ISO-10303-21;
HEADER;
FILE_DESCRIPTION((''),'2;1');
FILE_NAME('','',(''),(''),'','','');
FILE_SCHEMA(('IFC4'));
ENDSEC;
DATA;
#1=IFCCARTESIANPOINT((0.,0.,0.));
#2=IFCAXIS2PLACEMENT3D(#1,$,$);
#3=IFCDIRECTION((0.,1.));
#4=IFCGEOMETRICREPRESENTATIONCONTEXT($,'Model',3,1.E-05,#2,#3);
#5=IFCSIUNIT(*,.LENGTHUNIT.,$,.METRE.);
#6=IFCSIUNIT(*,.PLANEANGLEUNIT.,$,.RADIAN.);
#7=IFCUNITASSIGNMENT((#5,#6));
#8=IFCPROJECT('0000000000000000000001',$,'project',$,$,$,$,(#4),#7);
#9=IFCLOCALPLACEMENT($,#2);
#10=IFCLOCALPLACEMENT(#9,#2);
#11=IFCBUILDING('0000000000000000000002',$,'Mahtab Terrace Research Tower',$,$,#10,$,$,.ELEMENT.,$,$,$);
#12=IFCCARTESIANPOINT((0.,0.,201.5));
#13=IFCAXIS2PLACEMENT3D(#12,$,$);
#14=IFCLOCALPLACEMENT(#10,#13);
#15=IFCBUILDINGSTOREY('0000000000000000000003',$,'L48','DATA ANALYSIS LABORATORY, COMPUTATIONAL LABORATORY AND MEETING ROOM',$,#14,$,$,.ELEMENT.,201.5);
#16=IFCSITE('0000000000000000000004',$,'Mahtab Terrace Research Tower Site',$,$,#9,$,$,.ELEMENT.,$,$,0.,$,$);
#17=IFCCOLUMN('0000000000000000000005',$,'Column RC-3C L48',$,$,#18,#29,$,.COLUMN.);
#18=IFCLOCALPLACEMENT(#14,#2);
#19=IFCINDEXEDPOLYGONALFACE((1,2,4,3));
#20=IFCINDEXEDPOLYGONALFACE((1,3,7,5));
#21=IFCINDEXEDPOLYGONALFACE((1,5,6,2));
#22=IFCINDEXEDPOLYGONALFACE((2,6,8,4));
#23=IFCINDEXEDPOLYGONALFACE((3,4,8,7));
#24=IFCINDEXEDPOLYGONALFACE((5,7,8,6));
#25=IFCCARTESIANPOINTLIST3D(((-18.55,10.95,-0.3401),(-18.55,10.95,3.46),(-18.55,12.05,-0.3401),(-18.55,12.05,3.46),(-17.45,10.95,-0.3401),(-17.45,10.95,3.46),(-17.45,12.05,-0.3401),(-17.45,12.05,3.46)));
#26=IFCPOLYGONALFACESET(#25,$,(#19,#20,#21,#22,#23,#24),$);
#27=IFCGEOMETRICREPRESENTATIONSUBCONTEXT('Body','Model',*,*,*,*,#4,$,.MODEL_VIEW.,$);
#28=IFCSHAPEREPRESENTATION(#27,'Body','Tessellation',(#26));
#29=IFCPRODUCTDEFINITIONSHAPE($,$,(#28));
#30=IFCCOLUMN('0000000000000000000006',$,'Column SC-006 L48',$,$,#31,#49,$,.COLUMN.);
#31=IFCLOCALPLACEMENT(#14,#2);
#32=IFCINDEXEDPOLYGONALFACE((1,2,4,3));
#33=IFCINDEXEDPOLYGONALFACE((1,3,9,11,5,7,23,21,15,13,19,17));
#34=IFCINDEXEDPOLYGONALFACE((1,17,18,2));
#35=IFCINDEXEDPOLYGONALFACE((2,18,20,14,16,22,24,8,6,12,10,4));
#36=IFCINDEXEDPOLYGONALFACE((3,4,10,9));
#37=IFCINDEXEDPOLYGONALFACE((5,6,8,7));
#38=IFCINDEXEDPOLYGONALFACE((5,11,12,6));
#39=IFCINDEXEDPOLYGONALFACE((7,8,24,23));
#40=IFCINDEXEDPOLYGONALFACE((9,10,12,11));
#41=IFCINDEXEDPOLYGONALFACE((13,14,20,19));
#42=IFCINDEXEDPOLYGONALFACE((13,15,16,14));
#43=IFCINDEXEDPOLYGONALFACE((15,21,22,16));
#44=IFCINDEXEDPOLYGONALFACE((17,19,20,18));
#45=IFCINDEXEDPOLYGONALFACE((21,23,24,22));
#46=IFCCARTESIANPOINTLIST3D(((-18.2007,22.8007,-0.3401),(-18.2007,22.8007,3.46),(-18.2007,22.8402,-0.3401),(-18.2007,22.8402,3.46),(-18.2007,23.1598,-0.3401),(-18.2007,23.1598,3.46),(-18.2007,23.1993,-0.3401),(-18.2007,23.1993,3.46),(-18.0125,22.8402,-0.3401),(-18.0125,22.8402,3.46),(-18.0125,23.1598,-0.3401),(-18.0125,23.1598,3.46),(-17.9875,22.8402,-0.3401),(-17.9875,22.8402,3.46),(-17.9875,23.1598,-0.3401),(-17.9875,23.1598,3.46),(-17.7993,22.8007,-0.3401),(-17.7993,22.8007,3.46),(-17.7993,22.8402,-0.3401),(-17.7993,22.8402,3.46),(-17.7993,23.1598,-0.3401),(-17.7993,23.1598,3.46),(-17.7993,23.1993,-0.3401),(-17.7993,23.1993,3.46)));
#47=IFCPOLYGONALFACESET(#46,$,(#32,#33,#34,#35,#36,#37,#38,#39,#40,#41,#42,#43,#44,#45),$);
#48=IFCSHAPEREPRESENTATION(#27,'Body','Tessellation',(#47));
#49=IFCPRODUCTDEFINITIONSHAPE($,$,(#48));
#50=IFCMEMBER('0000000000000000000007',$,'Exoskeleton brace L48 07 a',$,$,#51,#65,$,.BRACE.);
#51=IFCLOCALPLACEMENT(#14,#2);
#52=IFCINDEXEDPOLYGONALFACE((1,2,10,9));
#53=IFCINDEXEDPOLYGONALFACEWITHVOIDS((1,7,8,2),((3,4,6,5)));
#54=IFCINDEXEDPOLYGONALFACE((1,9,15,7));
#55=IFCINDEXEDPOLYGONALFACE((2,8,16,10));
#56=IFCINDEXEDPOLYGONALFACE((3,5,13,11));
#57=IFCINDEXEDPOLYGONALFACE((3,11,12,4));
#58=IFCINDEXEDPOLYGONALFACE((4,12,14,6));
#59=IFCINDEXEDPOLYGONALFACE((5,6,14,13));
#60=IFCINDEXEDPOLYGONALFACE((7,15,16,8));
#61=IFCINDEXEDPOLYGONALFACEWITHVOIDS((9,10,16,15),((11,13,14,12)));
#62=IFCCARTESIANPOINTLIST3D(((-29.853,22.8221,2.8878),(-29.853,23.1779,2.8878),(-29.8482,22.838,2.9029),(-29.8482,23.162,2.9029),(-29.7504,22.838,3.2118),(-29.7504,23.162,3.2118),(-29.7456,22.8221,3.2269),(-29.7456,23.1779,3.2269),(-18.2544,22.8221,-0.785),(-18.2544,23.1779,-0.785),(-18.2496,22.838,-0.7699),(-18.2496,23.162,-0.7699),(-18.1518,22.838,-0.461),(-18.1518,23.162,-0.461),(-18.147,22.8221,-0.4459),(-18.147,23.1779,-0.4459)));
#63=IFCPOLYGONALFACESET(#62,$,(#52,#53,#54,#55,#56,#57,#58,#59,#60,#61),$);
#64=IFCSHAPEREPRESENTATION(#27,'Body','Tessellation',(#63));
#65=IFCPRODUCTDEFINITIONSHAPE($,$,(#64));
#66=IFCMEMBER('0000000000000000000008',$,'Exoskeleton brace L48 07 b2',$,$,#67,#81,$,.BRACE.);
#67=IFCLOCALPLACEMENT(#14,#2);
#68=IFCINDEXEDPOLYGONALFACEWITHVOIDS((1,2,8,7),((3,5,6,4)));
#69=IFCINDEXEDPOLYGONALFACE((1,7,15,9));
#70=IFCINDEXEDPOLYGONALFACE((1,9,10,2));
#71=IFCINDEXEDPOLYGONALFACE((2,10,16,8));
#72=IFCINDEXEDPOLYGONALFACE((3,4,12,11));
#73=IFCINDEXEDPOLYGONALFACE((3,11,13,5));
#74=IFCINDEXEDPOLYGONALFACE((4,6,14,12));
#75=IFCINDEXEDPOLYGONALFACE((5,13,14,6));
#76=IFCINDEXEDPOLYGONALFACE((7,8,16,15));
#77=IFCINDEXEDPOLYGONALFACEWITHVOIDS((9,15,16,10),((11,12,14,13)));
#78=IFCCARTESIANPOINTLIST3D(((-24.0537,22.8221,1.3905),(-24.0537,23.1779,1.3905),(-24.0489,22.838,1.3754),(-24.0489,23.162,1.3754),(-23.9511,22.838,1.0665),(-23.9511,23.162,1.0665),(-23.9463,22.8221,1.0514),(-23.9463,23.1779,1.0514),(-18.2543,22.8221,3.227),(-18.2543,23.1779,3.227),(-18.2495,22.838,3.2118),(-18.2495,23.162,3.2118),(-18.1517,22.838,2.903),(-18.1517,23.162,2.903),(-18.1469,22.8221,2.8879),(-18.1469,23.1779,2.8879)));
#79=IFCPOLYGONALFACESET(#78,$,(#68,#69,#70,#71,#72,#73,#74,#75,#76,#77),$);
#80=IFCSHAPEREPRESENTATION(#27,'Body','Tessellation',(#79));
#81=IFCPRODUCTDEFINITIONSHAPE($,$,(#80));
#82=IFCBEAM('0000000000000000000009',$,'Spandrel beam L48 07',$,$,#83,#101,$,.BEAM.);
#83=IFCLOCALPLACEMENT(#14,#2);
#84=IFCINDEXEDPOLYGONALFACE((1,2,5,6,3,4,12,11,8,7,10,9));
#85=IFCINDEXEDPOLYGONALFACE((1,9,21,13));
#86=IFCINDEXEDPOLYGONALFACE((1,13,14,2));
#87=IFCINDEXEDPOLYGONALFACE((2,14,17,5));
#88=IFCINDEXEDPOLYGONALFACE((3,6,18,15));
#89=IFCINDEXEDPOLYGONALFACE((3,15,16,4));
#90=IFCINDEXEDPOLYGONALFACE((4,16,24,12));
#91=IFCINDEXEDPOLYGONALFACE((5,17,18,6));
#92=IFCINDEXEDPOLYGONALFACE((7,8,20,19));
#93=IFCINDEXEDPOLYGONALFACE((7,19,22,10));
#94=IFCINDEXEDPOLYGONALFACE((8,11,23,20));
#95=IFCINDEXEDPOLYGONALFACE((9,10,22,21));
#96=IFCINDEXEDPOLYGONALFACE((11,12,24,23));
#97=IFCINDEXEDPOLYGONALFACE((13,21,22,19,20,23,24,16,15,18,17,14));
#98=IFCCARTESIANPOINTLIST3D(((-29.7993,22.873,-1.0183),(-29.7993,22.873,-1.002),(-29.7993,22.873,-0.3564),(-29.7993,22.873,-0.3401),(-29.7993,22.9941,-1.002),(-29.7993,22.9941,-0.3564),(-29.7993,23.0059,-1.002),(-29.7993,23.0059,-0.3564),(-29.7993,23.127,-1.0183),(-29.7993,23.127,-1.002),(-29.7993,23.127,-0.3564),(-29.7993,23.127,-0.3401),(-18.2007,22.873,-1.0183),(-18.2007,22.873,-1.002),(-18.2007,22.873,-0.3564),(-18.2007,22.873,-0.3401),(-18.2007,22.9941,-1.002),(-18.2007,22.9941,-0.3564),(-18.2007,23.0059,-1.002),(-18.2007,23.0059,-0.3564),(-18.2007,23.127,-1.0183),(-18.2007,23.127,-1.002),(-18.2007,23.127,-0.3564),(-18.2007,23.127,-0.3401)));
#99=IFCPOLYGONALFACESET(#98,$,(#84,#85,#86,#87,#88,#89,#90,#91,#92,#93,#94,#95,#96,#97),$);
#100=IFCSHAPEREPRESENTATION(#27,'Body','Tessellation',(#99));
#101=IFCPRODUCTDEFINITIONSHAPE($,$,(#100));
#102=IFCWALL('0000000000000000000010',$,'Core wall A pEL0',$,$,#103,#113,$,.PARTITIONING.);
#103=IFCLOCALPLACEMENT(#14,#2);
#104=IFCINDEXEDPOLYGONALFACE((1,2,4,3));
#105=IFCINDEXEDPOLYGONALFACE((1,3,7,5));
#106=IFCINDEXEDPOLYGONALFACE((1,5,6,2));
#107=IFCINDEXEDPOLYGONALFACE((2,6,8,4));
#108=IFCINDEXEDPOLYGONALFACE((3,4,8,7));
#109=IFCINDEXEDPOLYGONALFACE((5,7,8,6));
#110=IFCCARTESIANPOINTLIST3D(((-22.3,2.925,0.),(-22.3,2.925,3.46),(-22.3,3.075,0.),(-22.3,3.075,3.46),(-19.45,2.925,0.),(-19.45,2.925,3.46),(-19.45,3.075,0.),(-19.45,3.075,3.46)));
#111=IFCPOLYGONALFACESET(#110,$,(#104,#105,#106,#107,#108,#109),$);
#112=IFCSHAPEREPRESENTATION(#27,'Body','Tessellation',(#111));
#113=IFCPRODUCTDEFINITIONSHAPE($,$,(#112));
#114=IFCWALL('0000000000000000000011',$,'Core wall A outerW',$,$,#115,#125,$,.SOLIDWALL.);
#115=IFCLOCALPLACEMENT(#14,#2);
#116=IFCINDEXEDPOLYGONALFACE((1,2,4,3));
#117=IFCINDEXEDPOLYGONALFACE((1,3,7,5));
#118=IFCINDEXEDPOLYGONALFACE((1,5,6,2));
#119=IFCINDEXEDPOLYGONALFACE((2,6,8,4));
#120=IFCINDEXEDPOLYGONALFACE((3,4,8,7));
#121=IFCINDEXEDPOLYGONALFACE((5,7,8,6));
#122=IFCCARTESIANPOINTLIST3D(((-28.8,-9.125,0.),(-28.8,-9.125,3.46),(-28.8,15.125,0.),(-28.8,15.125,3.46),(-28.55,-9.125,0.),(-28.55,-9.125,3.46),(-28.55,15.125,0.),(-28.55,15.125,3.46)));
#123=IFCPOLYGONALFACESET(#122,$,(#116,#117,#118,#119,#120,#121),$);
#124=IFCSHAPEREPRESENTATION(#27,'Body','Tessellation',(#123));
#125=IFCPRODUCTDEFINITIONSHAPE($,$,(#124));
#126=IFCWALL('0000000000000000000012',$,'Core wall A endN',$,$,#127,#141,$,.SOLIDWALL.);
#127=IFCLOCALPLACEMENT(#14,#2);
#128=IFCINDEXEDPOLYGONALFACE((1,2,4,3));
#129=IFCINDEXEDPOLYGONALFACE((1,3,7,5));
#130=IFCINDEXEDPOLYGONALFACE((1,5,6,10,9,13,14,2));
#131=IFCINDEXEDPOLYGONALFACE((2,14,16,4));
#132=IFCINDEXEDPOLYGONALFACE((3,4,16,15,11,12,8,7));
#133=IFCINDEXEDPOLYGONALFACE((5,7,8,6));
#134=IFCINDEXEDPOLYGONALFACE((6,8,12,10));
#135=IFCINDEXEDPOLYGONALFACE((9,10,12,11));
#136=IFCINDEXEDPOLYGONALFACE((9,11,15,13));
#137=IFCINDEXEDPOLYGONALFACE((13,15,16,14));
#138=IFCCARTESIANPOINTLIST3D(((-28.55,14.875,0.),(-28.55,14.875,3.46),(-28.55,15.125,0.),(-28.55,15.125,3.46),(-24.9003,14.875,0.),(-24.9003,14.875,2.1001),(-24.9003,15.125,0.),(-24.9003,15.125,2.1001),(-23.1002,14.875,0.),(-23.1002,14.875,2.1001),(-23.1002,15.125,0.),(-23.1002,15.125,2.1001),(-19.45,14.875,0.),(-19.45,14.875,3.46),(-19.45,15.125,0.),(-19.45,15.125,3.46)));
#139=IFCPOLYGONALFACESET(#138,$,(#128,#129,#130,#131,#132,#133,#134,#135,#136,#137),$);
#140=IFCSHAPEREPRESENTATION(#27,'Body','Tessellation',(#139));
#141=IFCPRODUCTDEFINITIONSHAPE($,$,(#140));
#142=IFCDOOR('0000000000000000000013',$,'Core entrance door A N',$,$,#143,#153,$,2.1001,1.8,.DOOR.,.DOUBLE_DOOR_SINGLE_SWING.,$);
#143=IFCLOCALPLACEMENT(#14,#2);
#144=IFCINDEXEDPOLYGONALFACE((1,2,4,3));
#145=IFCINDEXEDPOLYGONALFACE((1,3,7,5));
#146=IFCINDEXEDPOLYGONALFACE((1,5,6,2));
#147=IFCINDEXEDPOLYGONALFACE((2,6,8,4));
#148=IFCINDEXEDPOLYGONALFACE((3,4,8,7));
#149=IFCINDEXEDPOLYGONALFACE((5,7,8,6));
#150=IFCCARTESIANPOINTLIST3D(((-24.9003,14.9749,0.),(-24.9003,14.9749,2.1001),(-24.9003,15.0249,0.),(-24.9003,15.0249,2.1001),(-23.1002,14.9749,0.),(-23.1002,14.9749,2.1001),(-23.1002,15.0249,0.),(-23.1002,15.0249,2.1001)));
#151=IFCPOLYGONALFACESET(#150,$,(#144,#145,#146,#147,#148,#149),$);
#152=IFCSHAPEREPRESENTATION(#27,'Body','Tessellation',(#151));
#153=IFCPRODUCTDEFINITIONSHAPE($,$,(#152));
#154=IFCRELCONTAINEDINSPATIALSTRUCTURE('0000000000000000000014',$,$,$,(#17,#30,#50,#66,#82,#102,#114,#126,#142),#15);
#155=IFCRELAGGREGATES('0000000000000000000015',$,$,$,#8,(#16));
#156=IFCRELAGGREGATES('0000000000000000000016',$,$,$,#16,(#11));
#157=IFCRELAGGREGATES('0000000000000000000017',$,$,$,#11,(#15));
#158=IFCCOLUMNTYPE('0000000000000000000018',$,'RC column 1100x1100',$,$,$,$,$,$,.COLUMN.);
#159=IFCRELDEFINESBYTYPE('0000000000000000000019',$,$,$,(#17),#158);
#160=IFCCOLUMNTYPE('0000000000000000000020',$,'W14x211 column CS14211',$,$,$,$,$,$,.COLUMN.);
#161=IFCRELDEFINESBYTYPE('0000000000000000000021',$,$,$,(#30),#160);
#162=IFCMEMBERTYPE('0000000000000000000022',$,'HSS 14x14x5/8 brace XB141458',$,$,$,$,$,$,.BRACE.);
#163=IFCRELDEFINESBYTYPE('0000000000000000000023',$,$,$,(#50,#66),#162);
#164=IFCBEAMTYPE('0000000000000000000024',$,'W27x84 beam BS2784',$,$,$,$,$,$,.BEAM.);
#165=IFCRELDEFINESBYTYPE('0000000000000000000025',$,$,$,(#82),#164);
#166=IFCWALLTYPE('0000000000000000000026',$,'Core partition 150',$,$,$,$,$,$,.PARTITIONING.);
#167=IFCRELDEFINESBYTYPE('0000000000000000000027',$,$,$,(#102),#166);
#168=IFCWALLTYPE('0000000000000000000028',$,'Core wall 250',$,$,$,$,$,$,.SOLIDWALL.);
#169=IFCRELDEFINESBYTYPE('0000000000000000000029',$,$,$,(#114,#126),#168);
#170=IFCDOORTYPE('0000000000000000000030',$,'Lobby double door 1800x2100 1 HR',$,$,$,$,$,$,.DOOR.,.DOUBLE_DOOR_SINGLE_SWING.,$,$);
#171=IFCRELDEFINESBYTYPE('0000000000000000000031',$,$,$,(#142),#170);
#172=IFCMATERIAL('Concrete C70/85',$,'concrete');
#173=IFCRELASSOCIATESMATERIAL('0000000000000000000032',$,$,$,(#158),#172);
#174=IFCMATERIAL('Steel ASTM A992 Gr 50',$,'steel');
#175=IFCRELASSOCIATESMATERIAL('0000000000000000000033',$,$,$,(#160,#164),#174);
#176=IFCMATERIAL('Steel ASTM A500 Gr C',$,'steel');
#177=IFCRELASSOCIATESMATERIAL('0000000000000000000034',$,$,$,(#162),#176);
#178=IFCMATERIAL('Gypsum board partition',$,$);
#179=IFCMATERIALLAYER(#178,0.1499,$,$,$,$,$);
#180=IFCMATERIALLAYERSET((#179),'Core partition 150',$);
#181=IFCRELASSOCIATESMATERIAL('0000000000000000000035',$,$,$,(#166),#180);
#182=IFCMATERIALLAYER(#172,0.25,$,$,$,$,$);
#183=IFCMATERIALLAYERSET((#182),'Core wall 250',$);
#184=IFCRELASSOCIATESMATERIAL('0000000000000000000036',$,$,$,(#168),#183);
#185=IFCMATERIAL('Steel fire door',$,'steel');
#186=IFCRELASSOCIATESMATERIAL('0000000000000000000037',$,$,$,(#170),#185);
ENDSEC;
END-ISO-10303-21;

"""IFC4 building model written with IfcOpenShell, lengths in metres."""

from ifc_helpers import new_model, si_unit, direction, frame, frame_2d, origin, origin_2d, place, context, subcontext, project, spatial, rectangle, hollow_rectangle, i_section, extrude, material, layer, layer_set, material_profile, profile_set, type_object, element, fill, save


model = new_model("IFC4")

# Units and contexts
model_context = context("Model", 3, precision=1e-05, world=origin(), true_north=direction((0.0, 1.0)))
body_context = subcontext(model_context, "Body", "Model", "MODEL_VIEW")
ifc_project = project(units=[si_unit("LENGTHUNIT", "METRE"), si_unit("PLANEANGLEUNIT", "RADIAN")], contexts=[model_context])

# Site, building, storey
site_placement = place(None, origin())
site = spatial("IfcSite", under=ifc_project, at=site_placement, Name="Mahtab Terrace Research Tower Site", CompositionType="ELEMENT", RefElevation=0.0)
building_placement = place(site_placement, origin())
building = spatial("IfcBuilding", under=site, at=building_placement, Name="Mahtab Terrace Research Tower", CompositionType="ELEMENT")
storey_placement = place(building_placement, frame((0.0, 0.0, 201.5)))
storey = spatial("IfcBuildingStorey", under=building, at=storey_placement, Name="L48", Description="DATA ANALYSIS LABORATORY, COMPUTATIONAL LABORATORY AND MEETING ROOM", CompositionType="ELEMENT", Elevation=201.5)

# Columns
ifc_material_1 = material(Name="Concrete C70/85", Category="concrete")
ifc_material_profile_1 = material_profile(ifc_material_1, rectangle(XDim=1.1001, YDim=1.1001, at=origin_2d()), Name="RC column 1100x1100")
ifc_profile_set_1 = profile_set([ifc_material_profile_1], Name="Concrete C70/85")
column_type_1 = type_object("IfcColumnType", Name="RC column 1100x1100", PredefinedType="COLUMN", material=ifc_profile_set_1)
column_1_placement = place(storey_placement, frame((-18.0, 11.5, -0.3401), z_axis=(0.0, 0.0, 1.0), x_axis=(1.0, 0.0, 0.0)))
element("IfcColumn", 1, at=column_1_placement, inside=storey, type_object=column_type_1, Name="Column RC-3C L48", PredefinedType="COLUMN", context=body_context, shape_type="SweptSolid", body=[
    extrude(rectangle(XDim=1.1001, YDim=1.1001, at=origin_2d()), origin(), (0.0, 0.0, 1.0), 3.8),
])
ifc_material_2 = material(Name="Steel ASTM A992 Gr 50", Category="steel")
ifc_material_profile_2 = material_profile(ifc_material_2, i_section(OverallWidth=0.4014, OverallDepth=0.3987, WebThickness=0.0249, FlangeThickness=0.0396, at=origin_2d()), Name="W14X211")
ifc_profile_set_2 = profile_set([ifc_material_profile_2], Name="Steel ASTM A992 Gr 50")
column_type_2 = type_object("IfcColumnType", Name="W14x211 column CS14211", PredefinedType="COLUMN", material=ifc_profile_set_2)
column_2_placement = place(storey_placement, frame((-18.0, 23.0, -0.3401), z_axis=(0.0, 0.0, 1.0), x_axis=(1.0, 0.0, 0.0)))
element("IfcColumn", 2, at=column_2_placement, inside=storey, type_object=column_type_2, Name="Column SC-006 L48", PredefinedType="COLUMN", context=body_context, shape_type="SweptSolid", body=[
    extrude(i_section(OverallWidth=0.4014, OverallDepth=0.3987, WebThickness=0.0249, FlangeThickness=0.0396, at=origin_2d()), origin(), (0.0, 0.0, 1.0), 3.8),
])

# Members
ifc_material_3 = material(Name="Steel ASTM A500 Gr C", Category="steel")
ifc_material_profile_3 = material_profile(ifc_material_3, hollow_rectangle(XDim=0.3557, YDim=0.3557, WallThickness=0.0159, at=origin_2d()), Name="HSS14X14X5/8")
ifc_profile_set_3 = profile_set([ifc_material_profile_3], Name="Steel ASTM A500 Gr C")
member_type = type_object("IfcMemberType", Name="HSS 14x14x5/8 brace XB141458", PredefinedType="BRACE", material=ifc_profile_set_3)
member_1_placement = place(storey_placement, frame((-18.2007, 23.0, -0.6155), z_axis=(-0.953343, 0.0, 0.301888), x_axis=(0.0, -1.0, 0.0)))
element("IfcMember", 3, at=member_1_placement, inside=storey, type_object=member_type, Name="Exoskeleton brace L48 07 a", PredefinedType="BRACE", context=body_context, shape_type="SweptSolid", body=[
    extrude(hollow_rectangle(XDim=0.3557, YDim=0.3557, WallThickness=0.0159, at=origin_2d()), origin(), (0.0, 0.0, 1.0), 12.1663),
])
member_2_placement = place(storey_placement, frame((-24.0, 23.0, 1.2209), z_axis=(0.953343, 0.0, 0.301888), x_axis=(0.0, 1.0, 0.0)))
element("IfcMember", 4, at=member_2_placement, inside=storey, type_object=member_type, Name="Exoskeleton brace L48 07 b2", PredefinedType="BRACE", context=body_context, shape_type="SweptSolid", body=[
    extrude(hollow_rectangle(XDim=0.3557, YDim=0.3557, WallThickness=0.0159, at=origin_2d()), origin(), (0.0, 0.0, 1.0), 6.0833),
])

# Beam
ifc_material_profile_4 = material_profile(ifc_material_2, i_section(OverallWidth=0.2539, OverallDepth=0.6782, WebThickness=0.0117, FlangeThickness=0.0164, at=origin_2d()), Name="W27X84")
ifc_profile_set_4 = profile_set([ifc_material_profile_4], Name="Steel ASTM A992 Gr 50")
beam_type = type_object("IfcBeamType", Name="W27x84 beam BS2784", PredefinedType="BEAM", material=ifc_profile_set_4)
beam_placement = place(storey_placement, frame((-18.2007, 23.0, -0.6792), z_axis=(-1.0, 0.0, 0.0), x_axis=(0.0, -1.0, 0.0)))
element("IfcBeam", 5, at=beam_placement, inside=storey, type_object=beam_type, Name="Spandrel beam L48 07", PredefinedType="BEAM", context=body_context, shape_type="SweptSolid", body=[
    extrude(i_section(OverallWidth=0.2539, OverallDepth=0.6782, WebThickness=0.0117, FlangeThickness=0.0164, at=origin_2d()), origin(), (0.0, 0.0, 1.0), 11.5986),
])

# Walls
ifc_material_4 = material(Name="Gypsum board partition")
ifc_layer_1 = layer(ifc_material_4, 0.1499)
ifc_layer_set_1 = layer_set([ifc_layer_1], Name="Core partition 150")
wall_type_1 = type_object("IfcWallType", Name="Core partition 150", PredefinedType="PARTITIONING", material=ifc_layer_set_1)
wall_1_placement = place(storey_placement, frame((-22.3, 3.0, 0.0), z_axis=(0.0, 0.0, 1.0), x_axis=(1.0, 0.0, 0.0)))
element("IfcWall", 6, at=wall_1_placement, inside=storey, type_object=wall_type_1, Name="Core wall A pEL0", PredefinedType="PARTITIONING", context=body_context, shape_type="SweptSolid", body=[
    extrude(rectangle(XDim=2.8501, YDim=0.1499, at=frame_2d((1.425, 0.0))), origin(), (0.0, 0.0, 1.0), 3.46),
])
ifc_layer_2 = layer(ifc_material_1, 0.25)
ifc_layer_set_2 = layer_set([ifc_layer_2], Name="Core wall 250")
wall_type_2 = type_object("IfcWallType", Name="Core wall 250", PredefinedType="SOLIDWALL", material=ifc_layer_set_2)
wall_2_placement = place(storey_placement, frame((-28.675, 15.125, 0.0), z_axis=(0.0, 0.0, 1.0), x_axis=(0.0, -1.0, 0.0)))
element("IfcWall", 7, at=wall_2_placement, inside=storey, type_object=wall_type_2, Name="Core wall A outerW", PredefinedType="SOLIDWALL", context=body_context, shape_type="SweptSolid", body=[
    extrude(rectangle(XDim=24.25, YDim=0.25, at=frame_2d((12.125, 0.0))), origin(), (0.0, 0.0, 1.0), 3.46),
])

# Wall, opening, door
wall_3_placement = place(storey_placement, frame((-28.55, 15.0, 0.0), z_axis=(0.0, 0.0, 1.0), x_axis=(1.0, 0.0, 0.0)))
wall_3 = element("IfcWall", 8, at=wall_3_placement, inside=storey, type_object=wall_type_2, Name="Core wall A endN", PredefinedType="SOLIDWALL", context=body_context, shape_type="SweptSolid", body=[
    extrude(rectangle(XDim=9.1001, YDim=0.25, at=frame_2d((4.55, 0.0))), origin(), (0.0, 0.0, 1.0), 3.46),
])
opening_1_placement = place(wall_3_placement, frame((3.6499, 0.0, 0.0)))
opening_1 = element("IfcOpeningElement", 9, at=opening_1_placement, cuts=wall_3, PredefinedType="OPENING", context=body_context, shape_type="SweptSolid", body=[
    extrude(rectangle(XDim=1.8, YDim=2.1001, at=frame_2d((0.8999, 1.05))), frame((0.0, 0.135, 0.0), z_axis=(0.0, -1.0, 0.0), x_axis=(1.0, 0.0, 0.0)), (0.0, 0.0, 1.0), 0.27),
])
ifc_material_5 = material(Name="Steel fire door", Category="steel")
door_type_1 = type_object("IfcDoorType", Name="Lobby double door 1800x2100 1 HR", OperationType="DOUBLE_DOOR_SINGLE_SWING", PredefinedType="DOOR", material=ifc_material_5)
door_1_placement = place(opening_1_placement, origin())
door_1 = element("IfcDoor", 10, at=door_1_placement, inside=storey, type_object=door_type_1, Name="Core entrance door A N", OperationType="DOUBLE_DOOR_SINGLE_SWING", OverallHeight=2.1001, OverallWidth=1.8, PredefinedType="DOOR", context=body_context, shape_type="SweptSolid", body=[
    extrude(rectangle(XDim=1.8, YDim=2.1001, at=frame_2d((0.8999, 1.05))), frame((0.0, 0.0249, 0.0), z_axis=(0.0, -1.0, 0.0), x_axis=(1.0, 0.0, 0.0)), (0.0, 0.0, 1.0), 0.05),
])
fill(opening_1, door_1)

save(model, "model.ifc")
